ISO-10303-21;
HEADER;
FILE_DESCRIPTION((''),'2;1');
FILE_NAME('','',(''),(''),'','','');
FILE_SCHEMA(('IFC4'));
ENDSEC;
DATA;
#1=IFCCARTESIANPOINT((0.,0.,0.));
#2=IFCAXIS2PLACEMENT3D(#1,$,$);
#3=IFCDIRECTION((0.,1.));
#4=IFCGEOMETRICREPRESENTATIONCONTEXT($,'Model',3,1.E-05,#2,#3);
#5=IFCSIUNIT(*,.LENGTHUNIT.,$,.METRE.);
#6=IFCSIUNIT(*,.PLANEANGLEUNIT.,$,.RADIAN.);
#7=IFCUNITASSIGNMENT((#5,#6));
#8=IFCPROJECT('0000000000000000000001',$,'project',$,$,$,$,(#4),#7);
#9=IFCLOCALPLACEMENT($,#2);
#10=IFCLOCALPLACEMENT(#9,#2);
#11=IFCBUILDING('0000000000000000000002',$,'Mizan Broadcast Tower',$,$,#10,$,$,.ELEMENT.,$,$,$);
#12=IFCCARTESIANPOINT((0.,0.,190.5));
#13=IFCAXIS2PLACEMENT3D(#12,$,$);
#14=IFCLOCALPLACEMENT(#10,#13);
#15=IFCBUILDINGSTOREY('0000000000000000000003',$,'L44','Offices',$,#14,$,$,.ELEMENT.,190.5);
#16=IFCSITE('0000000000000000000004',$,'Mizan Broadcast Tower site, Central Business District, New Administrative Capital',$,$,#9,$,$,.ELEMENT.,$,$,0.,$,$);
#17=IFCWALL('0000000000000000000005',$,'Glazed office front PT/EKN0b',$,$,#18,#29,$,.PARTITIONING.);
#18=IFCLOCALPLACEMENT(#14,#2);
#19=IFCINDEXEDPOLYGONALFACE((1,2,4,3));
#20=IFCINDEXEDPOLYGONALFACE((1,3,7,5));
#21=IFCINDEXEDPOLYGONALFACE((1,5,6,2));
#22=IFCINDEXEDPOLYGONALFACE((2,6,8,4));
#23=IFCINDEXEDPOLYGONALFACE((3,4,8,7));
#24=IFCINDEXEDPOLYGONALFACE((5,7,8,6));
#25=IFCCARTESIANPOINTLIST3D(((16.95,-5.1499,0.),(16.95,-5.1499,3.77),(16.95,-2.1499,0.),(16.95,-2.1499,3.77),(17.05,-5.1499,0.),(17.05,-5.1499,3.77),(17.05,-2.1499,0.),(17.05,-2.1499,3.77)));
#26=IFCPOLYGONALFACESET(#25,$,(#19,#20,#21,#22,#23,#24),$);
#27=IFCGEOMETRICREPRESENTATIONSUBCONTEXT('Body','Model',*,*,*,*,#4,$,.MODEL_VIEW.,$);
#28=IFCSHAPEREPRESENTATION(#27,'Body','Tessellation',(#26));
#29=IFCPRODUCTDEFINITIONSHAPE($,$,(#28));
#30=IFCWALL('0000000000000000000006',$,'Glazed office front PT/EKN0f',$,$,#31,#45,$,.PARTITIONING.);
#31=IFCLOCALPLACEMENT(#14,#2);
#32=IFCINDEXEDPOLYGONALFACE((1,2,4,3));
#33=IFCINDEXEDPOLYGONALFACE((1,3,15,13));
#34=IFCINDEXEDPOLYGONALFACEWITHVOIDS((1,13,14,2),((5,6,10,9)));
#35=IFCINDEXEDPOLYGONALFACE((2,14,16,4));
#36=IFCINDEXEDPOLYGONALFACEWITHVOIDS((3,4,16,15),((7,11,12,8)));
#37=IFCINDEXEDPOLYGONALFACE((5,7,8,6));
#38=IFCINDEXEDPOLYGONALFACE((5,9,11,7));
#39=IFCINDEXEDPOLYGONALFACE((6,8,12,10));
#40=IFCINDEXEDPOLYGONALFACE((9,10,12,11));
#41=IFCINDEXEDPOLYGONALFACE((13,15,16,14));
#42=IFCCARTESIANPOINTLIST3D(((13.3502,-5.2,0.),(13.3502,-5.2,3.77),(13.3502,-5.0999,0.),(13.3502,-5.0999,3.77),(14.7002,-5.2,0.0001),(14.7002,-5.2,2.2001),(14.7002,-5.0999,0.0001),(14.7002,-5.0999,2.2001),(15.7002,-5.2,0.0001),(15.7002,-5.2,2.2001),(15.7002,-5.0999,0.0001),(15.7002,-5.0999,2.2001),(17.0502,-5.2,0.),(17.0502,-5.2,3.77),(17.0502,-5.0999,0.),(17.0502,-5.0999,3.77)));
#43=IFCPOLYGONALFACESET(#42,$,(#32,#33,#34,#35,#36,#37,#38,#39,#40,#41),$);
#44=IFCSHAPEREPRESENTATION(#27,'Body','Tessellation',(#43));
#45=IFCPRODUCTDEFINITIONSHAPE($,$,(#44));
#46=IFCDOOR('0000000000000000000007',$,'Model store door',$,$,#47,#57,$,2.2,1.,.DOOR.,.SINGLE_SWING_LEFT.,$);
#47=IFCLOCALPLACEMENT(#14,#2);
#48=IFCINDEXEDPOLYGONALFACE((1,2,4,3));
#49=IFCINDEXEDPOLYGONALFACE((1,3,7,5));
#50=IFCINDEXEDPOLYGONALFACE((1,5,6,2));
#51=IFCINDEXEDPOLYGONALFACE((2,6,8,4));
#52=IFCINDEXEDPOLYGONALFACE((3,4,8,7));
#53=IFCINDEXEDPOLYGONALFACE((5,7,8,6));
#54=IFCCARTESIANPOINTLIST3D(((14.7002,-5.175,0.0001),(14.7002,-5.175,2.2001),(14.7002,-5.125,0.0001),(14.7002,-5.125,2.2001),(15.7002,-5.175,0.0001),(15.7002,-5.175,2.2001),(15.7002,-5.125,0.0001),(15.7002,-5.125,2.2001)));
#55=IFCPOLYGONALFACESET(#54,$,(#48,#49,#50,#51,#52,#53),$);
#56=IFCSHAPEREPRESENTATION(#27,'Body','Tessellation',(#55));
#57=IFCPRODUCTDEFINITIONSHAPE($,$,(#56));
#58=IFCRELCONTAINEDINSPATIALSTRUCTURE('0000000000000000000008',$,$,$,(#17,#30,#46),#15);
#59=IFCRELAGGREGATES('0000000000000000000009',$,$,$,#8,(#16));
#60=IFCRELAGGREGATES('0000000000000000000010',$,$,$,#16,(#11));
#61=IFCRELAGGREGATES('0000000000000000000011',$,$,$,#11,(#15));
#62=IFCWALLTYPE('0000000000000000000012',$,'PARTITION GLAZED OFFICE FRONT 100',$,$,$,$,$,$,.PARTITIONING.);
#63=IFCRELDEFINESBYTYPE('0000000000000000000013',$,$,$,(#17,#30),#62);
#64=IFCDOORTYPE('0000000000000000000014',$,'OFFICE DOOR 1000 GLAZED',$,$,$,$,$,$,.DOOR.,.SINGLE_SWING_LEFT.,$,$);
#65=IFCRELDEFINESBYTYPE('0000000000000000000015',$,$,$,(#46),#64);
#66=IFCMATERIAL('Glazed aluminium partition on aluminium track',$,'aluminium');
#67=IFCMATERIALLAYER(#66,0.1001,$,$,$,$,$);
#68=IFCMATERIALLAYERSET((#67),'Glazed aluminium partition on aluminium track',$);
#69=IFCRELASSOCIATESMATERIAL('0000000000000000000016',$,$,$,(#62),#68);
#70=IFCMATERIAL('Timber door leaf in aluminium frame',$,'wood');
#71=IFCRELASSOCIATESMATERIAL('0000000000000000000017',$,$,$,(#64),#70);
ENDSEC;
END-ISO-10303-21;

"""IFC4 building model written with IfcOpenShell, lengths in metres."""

from ifc_helpers import new_model, si_unit, direction, frame, frame_2d, origin, place, context, subcontext, project, spatial, rectangle, extrude, material, layer, layer_set, type_object, element, fill, save


model = new_model("IFC4")

# Units and contexts
model_context = context("Model", 3, precision=1e-05, world=origin(), true_north=direction((0.0, 1.0)))
body_context = subcontext(model_context, "Body", "Model", "MODEL_VIEW")
ifc_project = project(units=[si_unit("LENGTHUNIT", "METRE"), si_unit("PLANEANGLEUNIT", "RADIAN")], contexts=[model_context])

# Site, building, storey
site_placement = place(None, origin())
site = spatial("IfcSite", under=ifc_project, at=site_placement, Name="Mizan Broadcast Tower site, Central Business District, New Administrative Capital", CompositionType="ELEMENT", RefElevation=0.0)
building_placement = place(site_placement, origin())
building = spatial("IfcBuilding", under=site, at=building_placement, Name="Mizan Broadcast Tower", CompositionType="ELEMENT")
storey_placement = place(building_placement, frame((0.0, 0.0, 190.5)))
storey = spatial("IfcBuildingStorey", under=building, at=storey_placement, Name="L44", Description="Offices", CompositionType="ELEMENT", Elevation=190.5)

# Wall
ifc_material_1 = material(Name="Glazed aluminium partition on aluminium track", Category="aluminium")
ifc_layer_1 = layer(ifc_material_1, 0.1001)
ifc_layer_set_1 = layer_set([ifc_layer_1], Name="Glazed aluminium partition on aluminium track")
wall_type_1 = type_object("IfcWallType", Name="PARTITION GLAZED OFFICE FRONT 100", PredefinedType="PARTITIONING", material=ifc_layer_set_1)
for number, where, z_axis, x_axis, name in (
    (1, (17.0, -2.1499, 0.0), (0.0, 0.0, 1.0), (0.0, -1.0, 0.0), "Glazed office front PT/EKN0b"),
):
    element("IfcWall", number, at=place(storey_placement, frame(where, z_axis=z_axis, x_axis=x_axis)), inside=storey, type_object=wall_type_1, Name=name, PredefinedType="PARTITIONING", context=body_context, shape_type="SweptSolid", body=[
        extrude(rectangle(XDim=3.0, YDim=0.1001, at=frame_2d((1.5, 0.0))), origin(), (0.0, 0.0, 1.0), 3.77),
    ])

# Wall, opening, door
wall_1_placement = place(storey_placement, frame((13.3501, -5.1499, 0.0), z_axis=(0.0, 0.0, 1.0), x_axis=(1.0, 0.0, 0.0)))
wall_1 = element("IfcWall", 2, at=wall_1_placement, inside=storey, type_object=wall_type_1, Name="Glazed office front PT/EKN0f", PredefinedType="PARTITIONING", context=body_context, shape_type="SweptSolid", body=[
    extrude(rectangle(XDim=3.7, YDim=0.1001, at=frame_2d((1.8501, 0.0))), origin(), (0.0, 0.0, 1.0), 3.77),
])
opening_1_placement = place(wall_1_placement, frame((1.3501, 0.0, 0.0)))
opening_1 = element("IfcOpeningElement", 3, at=opening_1_placement, cuts=wall_1, PredefinedType="OPENING", context=body_context, shape_type="SweptSolid", body=[
    extrude(rectangle(XDim=1.0, YDim=2.2, at=frame_2d((0.5, 1.1001))), frame((0.0, 0.0601, 0.0), z_axis=(0.0, -1.0, 0.0), x_axis=(1.0, 0.0, 0.0)), (0.0, 0.0, 1.0), 0.1201),
])
ifc_material_2 = material(Name="Timber door leaf in aluminium frame", Category="wood")
door_type_1 = type_object("IfcDoorType", Name="OFFICE DOOR 1000 GLAZED", OperationType="SINGLE_SWING_LEFT", PredefinedType="DOOR", material=ifc_material_2)
door_1_placement = place(opening_1_placement, origin())
door_1 = element("IfcDoor", 4, at=door_1_placement, inside=storey, type_object=door_type_1, Name="Model store door", OperationType="SINGLE_SWING_LEFT", OverallHeight=2.2, OverallWidth=1.0, PredefinedType="DOOR", context=body_context, shape_type="SweptSolid", body=[
    extrude(rectangle(XDim=1.0, YDim=2.2, at=frame_2d((0.5, 1.1001))), frame((0.0, 0.0249, 0.0), z_axis=(0.0, -1.0, 0.0), x_axis=(1.0, 0.0, 0.0)), (0.0, 0.0, 1.0), 0.05),
])
fill(opening_1, door_1)

save(model, "model.ifc")
